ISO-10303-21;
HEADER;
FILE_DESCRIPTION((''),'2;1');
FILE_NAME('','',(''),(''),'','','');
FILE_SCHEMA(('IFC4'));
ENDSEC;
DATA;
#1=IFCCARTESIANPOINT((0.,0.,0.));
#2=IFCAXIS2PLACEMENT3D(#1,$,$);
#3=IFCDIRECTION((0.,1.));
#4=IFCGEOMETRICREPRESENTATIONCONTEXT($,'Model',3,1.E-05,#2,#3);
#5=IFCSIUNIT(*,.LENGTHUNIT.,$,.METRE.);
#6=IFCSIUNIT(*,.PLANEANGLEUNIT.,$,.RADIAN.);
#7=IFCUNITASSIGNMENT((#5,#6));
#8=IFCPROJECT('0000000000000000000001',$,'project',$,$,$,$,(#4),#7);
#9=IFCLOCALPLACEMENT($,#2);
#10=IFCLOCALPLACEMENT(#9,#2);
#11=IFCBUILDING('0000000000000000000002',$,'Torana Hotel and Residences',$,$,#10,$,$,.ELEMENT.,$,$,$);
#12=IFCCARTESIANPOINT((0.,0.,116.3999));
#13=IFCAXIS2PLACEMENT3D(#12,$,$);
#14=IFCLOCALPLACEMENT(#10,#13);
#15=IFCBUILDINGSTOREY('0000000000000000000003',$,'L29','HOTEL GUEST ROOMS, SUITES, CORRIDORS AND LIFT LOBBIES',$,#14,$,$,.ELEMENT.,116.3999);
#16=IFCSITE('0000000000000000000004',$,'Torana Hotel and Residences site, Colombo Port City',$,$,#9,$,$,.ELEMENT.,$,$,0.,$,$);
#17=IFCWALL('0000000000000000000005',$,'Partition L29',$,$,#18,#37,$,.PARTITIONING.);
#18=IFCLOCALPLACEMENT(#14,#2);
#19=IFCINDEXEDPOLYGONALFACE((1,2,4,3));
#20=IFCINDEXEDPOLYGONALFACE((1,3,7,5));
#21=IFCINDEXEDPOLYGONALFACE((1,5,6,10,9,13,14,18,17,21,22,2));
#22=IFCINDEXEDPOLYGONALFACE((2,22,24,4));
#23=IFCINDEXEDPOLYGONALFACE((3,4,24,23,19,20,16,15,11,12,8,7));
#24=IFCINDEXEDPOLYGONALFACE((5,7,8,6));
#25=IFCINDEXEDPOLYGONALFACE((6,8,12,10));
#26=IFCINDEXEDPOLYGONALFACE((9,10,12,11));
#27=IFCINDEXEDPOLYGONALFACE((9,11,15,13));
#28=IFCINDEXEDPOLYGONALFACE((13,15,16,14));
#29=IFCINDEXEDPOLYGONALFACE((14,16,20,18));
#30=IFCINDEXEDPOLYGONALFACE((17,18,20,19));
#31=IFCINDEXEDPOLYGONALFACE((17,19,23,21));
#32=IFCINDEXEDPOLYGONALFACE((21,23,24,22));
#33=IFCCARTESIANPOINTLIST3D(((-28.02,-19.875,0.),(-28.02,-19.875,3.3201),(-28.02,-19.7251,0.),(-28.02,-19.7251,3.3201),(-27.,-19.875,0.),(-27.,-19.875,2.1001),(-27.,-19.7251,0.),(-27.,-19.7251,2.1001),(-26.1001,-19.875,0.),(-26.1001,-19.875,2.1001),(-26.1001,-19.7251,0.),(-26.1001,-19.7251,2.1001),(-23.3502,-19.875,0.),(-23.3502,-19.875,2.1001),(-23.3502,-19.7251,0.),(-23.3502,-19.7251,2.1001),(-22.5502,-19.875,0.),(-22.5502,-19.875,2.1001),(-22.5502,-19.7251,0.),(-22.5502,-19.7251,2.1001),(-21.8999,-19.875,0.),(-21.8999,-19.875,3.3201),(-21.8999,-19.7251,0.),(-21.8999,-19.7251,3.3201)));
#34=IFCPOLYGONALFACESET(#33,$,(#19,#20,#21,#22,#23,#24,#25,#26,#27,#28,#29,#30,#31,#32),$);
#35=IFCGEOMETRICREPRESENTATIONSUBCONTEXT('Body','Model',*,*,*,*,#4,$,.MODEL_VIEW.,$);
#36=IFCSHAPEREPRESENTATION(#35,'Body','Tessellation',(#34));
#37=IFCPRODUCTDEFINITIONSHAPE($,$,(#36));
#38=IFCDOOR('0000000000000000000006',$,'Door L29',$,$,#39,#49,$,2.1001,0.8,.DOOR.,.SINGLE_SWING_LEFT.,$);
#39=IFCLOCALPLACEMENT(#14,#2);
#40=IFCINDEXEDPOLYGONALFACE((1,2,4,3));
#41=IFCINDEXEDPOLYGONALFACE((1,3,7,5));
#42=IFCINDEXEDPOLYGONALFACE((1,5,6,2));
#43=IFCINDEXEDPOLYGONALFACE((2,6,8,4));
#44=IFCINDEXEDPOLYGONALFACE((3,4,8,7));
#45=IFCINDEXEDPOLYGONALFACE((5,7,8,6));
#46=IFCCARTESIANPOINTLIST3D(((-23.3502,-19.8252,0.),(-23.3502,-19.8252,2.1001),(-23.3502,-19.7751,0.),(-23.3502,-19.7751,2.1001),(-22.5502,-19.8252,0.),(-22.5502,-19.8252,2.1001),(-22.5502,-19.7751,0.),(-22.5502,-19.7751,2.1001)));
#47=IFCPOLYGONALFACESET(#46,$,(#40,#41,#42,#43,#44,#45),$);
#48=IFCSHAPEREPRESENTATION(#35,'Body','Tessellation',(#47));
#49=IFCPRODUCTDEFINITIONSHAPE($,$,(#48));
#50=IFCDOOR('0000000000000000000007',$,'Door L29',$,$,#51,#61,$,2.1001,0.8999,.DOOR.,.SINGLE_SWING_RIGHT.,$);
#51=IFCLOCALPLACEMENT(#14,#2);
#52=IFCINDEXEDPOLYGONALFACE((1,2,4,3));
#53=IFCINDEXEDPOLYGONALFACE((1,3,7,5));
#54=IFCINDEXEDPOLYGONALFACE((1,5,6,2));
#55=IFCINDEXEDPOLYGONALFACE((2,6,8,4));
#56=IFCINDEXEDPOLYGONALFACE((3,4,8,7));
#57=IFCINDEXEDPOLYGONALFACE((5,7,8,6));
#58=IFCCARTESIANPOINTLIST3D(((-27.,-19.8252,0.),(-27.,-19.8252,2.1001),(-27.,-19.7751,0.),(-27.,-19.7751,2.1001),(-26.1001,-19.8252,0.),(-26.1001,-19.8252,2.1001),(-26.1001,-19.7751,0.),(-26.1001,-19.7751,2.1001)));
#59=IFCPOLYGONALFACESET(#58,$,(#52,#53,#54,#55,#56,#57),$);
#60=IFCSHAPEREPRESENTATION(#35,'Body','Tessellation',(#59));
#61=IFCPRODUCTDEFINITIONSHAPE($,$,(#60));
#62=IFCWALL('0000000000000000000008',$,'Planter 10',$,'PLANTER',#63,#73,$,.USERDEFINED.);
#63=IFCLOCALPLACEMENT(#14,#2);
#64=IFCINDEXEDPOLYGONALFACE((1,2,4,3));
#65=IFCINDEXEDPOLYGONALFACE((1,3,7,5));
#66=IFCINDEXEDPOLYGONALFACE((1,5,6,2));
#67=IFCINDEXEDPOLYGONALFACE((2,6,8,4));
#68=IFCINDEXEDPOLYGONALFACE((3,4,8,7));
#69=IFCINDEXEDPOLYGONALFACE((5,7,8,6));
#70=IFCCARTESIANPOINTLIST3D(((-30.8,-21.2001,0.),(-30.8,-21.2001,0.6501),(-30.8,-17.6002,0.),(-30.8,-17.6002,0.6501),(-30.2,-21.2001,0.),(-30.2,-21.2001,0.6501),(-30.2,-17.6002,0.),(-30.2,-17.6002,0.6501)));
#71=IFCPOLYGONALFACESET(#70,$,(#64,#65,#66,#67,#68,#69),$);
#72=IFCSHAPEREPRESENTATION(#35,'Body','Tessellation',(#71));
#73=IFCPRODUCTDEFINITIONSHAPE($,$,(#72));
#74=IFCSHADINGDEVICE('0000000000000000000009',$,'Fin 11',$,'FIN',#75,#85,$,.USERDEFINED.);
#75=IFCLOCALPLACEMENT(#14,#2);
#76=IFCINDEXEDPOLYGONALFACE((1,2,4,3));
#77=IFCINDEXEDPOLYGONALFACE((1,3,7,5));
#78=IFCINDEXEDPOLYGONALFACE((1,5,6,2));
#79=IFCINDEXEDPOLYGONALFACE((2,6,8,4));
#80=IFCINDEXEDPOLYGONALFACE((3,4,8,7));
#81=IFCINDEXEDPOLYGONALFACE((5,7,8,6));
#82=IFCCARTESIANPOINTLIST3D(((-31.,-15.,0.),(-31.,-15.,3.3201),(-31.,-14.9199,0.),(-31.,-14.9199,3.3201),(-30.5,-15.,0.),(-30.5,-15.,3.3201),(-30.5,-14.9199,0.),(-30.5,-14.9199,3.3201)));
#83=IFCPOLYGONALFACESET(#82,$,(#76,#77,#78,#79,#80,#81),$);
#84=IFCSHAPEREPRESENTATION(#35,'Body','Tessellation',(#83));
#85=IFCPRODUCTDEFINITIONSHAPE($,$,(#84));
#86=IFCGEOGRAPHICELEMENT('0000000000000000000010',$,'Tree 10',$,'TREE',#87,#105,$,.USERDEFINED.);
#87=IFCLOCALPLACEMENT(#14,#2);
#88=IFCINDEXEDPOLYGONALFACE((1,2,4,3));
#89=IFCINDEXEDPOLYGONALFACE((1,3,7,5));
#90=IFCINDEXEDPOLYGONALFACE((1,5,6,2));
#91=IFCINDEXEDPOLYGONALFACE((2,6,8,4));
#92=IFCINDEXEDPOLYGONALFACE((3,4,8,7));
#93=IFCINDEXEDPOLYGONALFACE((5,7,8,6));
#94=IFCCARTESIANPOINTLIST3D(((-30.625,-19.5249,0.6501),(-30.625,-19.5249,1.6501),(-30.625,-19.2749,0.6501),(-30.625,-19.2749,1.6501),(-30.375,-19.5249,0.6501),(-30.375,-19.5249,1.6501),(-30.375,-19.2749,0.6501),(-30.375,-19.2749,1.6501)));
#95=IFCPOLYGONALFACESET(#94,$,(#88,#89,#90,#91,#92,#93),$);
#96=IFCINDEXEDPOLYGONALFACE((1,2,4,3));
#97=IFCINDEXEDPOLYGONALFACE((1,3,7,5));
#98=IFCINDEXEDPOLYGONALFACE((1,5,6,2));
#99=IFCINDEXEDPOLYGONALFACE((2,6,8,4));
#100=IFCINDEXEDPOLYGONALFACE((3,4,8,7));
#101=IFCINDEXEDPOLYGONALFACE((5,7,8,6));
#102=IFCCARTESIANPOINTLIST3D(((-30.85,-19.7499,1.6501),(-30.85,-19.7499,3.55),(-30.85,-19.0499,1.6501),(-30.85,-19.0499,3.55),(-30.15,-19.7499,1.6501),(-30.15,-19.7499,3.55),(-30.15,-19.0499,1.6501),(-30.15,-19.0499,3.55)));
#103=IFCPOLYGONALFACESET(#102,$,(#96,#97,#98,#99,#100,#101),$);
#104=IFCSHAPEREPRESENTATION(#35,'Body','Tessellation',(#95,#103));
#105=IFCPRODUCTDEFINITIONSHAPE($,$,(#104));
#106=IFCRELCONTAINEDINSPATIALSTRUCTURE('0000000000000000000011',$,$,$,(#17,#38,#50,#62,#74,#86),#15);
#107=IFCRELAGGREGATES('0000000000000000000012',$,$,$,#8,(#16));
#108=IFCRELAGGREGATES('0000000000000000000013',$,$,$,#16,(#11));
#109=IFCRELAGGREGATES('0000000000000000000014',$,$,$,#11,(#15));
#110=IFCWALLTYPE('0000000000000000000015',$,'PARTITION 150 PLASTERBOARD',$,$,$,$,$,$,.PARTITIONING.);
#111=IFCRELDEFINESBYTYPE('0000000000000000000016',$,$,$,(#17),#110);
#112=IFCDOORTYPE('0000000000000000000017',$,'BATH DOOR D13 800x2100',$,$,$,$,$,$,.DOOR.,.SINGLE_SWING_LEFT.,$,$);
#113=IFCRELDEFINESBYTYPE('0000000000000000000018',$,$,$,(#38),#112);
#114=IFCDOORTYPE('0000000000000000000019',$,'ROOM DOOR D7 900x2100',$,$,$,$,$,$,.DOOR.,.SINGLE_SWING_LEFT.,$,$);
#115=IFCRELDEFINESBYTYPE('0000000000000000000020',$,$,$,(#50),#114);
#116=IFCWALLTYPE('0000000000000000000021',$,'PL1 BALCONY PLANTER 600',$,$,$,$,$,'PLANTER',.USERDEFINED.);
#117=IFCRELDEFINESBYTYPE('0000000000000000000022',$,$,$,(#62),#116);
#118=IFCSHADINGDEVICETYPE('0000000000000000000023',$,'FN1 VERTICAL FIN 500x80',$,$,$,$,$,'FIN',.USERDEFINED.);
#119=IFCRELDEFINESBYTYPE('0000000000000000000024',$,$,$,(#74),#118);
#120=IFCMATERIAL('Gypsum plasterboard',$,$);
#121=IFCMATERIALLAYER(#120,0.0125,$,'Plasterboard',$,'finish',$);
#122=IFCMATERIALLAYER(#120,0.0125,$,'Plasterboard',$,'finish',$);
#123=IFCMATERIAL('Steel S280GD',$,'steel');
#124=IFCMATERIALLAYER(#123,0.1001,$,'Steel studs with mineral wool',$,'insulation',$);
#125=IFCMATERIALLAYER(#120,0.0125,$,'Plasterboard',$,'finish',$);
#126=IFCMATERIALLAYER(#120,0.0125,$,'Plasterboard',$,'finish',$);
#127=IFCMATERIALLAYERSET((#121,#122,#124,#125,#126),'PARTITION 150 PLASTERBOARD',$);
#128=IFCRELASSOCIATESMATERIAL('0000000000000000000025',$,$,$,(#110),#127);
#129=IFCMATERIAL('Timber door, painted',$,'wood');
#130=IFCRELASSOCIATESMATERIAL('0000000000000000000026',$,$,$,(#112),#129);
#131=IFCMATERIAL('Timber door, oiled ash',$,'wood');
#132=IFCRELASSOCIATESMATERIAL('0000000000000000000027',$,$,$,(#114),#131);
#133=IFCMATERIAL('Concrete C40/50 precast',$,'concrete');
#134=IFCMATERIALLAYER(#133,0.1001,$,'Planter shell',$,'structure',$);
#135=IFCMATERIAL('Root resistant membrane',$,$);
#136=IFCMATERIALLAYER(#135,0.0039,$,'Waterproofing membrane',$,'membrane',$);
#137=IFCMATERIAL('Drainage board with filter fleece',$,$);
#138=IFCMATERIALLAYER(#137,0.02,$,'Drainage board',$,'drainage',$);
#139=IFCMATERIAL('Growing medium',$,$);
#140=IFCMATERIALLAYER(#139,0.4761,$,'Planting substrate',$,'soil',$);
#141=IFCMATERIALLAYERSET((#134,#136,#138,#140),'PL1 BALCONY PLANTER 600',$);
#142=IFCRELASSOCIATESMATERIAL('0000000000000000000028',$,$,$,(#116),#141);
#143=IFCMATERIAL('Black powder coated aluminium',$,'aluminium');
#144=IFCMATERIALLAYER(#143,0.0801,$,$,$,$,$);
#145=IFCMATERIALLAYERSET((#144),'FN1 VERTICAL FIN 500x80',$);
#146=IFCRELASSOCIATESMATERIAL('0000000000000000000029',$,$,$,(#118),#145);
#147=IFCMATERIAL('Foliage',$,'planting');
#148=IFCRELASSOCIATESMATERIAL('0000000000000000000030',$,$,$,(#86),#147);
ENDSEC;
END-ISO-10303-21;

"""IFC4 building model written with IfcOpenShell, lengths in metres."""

from ifc_helpers import new_model, si_unit, direction, frame, frame_2d, origin, origin_2d, place, context, subcontext, project, spatial, rectangle, extrude, material, layer, layer_set, type_object, element, fill, save


model = new_model("IFC4")

# Units and contexts
model_context = context("Model", 3, precision=1e-05, world=origin(), true_north=direction((0.0, 1.0)))
body_context = subcontext(model_context, "Body", "Model", "MODEL_VIEW")
ifc_project = project(units=[si_unit("LENGTHUNIT", "METRE"), si_unit("PLANEANGLEUNIT", "RADIAN")], contexts=[model_context])

# Site, building, storey
site_placement = place(None, origin())
site = spatial("IfcSite", under=ifc_project, at=site_placement, Name="Torana Hotel and Residences site, Colombo Port City", CompositionType="ELEMENT", RefElevation=0.0)
building_placement = place(site_placement, origin())
building = spatial("IfcBuilding", under=site, at=building_placement, Name="Torana Hotel and Residences", CompositionType="ELEMENT")
storey_placement = place(building_placement, frame((0.0, 0.0, 116.3999)))
storey = spatial("IfcBuildingStorey", under=building, at=storey_placement, Name="L29", Description="HOTEL GUEST ROOMS, SUITES, CORRIDORS AND LIFT LOBBIES", CompositionType="ELEMENT", Elevation=116.3999)

# Wall, openings, doors
ifc_material_1 = material(Name="Gypsum plasterboard")
ifc_layer_1 = layer(ifc_material_1, 0.0125, Name="Plasterboard", Category="finish")
ifc_layer_2 = layer(ifc_material_1, 0.0125, Name="Plasterboard", Category="finish")
ifc_material_2 = material(Name="Steel S280GD", Category="steel")
ifc_layer_3 = layer(ifc_material_2, 0.1001, Name="Steel studs with mineral wool", Category="insulation")
ifc_layer_4 = layer(ifc_material_1, 0.0125, Name="Plasterboard", Category="finish")
ifc_layer_5 = layer(ifc_material_1, 0.0125, Name="Plasterboard", Category="finish")
ifc_layer_set_1 = layer_set([ifc_layer_1, ifc_layer_2, ifc_layer_3, ifc_layer_4, ifc_layer_5], Name="PARTITION 150 PLASTERBOARD")
wall_type_1 = type_object("IfcWallType", Name="PARTITION 150 PLASTERBOARD", PredefinedType="PARTITIONING", material=ifc_layer_set_1)
wall_1_placement = place(storey_placement, frame((-28.02, -19.8, 0.0), z_axis=(0.0, 0.0, 1.0), x_axis=(1.0, 0.0, 0.0)))
wall_1 = element("IfcWall", 1, at=wall_1_placement, inside=storey, type_object=wall_type_1, Name="Partition L29", PredefinedType="PARTITIONING", context=body_context, shape_type="SweptSolid", body=[
    extrude(rectangle(XDim=6.1201, YDim=0.1499, at=frame_2d((3.0601, 0.0))), origin(), (0.0, 0.0, 1.0), 3.3201),
])
opening_1_placement = place(wall_1_placement, frame((4.6699, 0.0, 0.0)))
opening_1 = element("IfcOpeningElement", 2, at=opening_1_placement, cuts=wall_1, PredefinedType="OPENING", context=body_context, shape_type="SweptSolid", body=[
    extrude(rectangle(XDim=0.8, YDim=2.1001, at=frame_2d((0.3999, 1.05))), frame((0.0, 0.085, 0.0), z_axis=(0.0, -1.0, 0.0), x_axis=(1.0, 0.0, 0.0)), (0.0, 0.0, 1.0), 0.1699),
])
opening_2_placement = place(wall_1_placement, frame((1.02, 0.0, 0.0)))
opening_2 = element("IfcOpeningElement", 3, at=opening_2_placement, cuts=wall_1, PredefinedType="OPENING", context=body_context, shape_type="SweptSolid", body=[
    extrude(rectangle(XDim=0.8999, YDim=2.1001, at=frame_2d((0.45, 1.05))), frame((0.0, 0.085, 0.0), z_axis=(0.0, -1.0, 0.0), x_axis=(1.0, 0.0, 0.0)), (0.0, 0.0, 1.0), 0.1699),
])
ifc_material_3 = material(Name="Timber door, painted", Category="wood")
door_type_1 = type_object("IfcDoorType", Name="BATH DOOR D13 800x2100", OperationType="SINGLE_SWING_LEFT", PredefinedType="DOOR", material=ifc_material_3)
door_1_placement = place(opening_1_placement, origin())
door_1 = element("IfcDoor", 4, at=door_1_placement, inside=storey, type_object=door_type_1, Name="Door L29", OperationType="SINGLE_SWING_LEFT", OverallHeight=2.1001, OverallWidth=0.8, PredefinedType="DOOR", context=body_context, shape_type="SweptSolid", body=[
    extrude(rectangle(XDim=0.8, YDim=2.1001, at=frame_2d((0.3999, 1.05))), frame((0.0, 0.0249, 0.0), z_axis=(0.0, -1.0, 0.0), x_axis=(1.0, 0.0, 0.0)), (0.0, 0.0, 1.0), 0.05),
])
fill(opening_1, door_1)
ifc_material_4 = material(Name="Timber door, oiled ash", Category="wood")
door_type_2 = type_object("IfcDoorType", Name="ROOM DOOR D7 900x2100", OperationType="SINGLE_SWING_LEFT", PredefinedType="DOOR", material=ifc_material_4)
door_2_placement = place(opening_2_placement, origin())
door_2 = element("IfcDoor", 5, at=door_2_placement, inside=storey, type_object=door_type_2, Name="Door L29", OperationType="SINGLE_SWING_RIGHT", OverallHeight=2.1001, OverallWidth=0.8999, PredefinedType="DOOR", context=body_context, shape_type="SweptSolid", body=[
    extrude(rectangle(XDim=0.8999, YDim=2.1001, at=frame_2d((0.45, 1.05))), frame((0.0, 0.0249, 0.0), z_axis=(0.0, -1.0, 0.0), x_axis=(1.0, 0.0, 0.0)), (0.0, 0.0, 1.0), 0.05),
])
fill(opening_2, door_2)

# Wall
ifc_material_5 = material(Name="Concrete C40/50 precast", Category="concrete")
ifc_layer_6 = layer(ifc_material_5, 0.1001, Name="Planter shell", Category="structure")
ifc_material_6 = material(Name="Root resistant membrane")
ifc_layer_7 = layer(ifc_material_6, 0.0039, Name="Waterproofing membrane", Category="membrane")
ifc_material_7 = material(Name="Drainage board with filter fleece")
ifc_layer_8 = layer(ifc_material_7, 0.02, Name="Drainage board", Category="drainage")
ifc_material_8 = material(Name="Growing medium")
ifc_layer_9 = layer(ifc_material_8, 0.4761, Name="Planting substrate", Category="soil")
ifc_layer_set_2 = layer_set([ifc_layer_6, ifc_layer_7, ifc_layer_8, ifc_layer_9], Name="PL1 BALCONY PLANTER 600")
wall_type_2 = type_object("IfcWallType", Name="PL1 BALCONY PLANTER 600", ElementType="PLANTER", PredefinedType="USERDEFINED", material=ifc_layer_set_2)
wall_2_placement = place(storey_placement, frame((-30.5, -21.2, 0.0), z_axis=(0.0, 0.0, 1.0), x_axis=(0.0, 1.0, 0.0)))
element("IfcWall", 6, at=wall_2_placement, inside=storey, type_object=wall_type_2, Name="Planter 10", ObjectType="PLANTER", PredefinedType="USERDEFINED", context=body_context, shape_type="SweptSolid", body=[
    extrude(rectangle(XDim=3.5999, YDim=0.6001, at=frame_2d((1.7998, 0.0))), origin(), (0.0, 0.0, 1.0), 0.6501),
])

# Shading device
ifc_material_9 = material(Name="Black powder coated aluminium", Category="aluminium")
ifc_layer_10 = layer(ifc_material_9, 0.0801)
ifc_layer_set_3 = layer_set([ifc_layer_10], Name="FN1 VERTICAL FIN 500x80")
shading_device_type = type_object("IfcShadingDeviceType", Name="FN1 VERTICAL FIN 500x80", ElementType="FIN", PredefinedType="USERDEFINED", material=ifc_layer_set_3)
shading_device_placement = place(storey_placement, frame((-30.75, -14.96, 0.0), z_axis=(0.0, 0.0, 1.0), x_axis=(0.0, 1.0, 0.0)))
element("IfcShadingDevice", 7, at=shading_device_placement, inside=storey, type_object=shading_device_type, Name="Fin 11", ObjectType="FIN", PredefinedType="USERDEFINED", context=body_context, shape_type="SweptSolid", body=[
    extrude(rectangle(XDim=0.0801, YDim=0.5, at=origin_2d()), origin(), (0.0, 0.0, 1.0), 3.3201),
])

# Geographic element
ifc_material_10 = material(Name="Foliage", Category="planting")
geographic_element_placement = place(storey_placement, frame((-30.5, -19.3999, 0.6501), z_axis=(0.0, 0.0, 1.0), x_axis=(1.0, 0.0, 0.0)))
element("IfcGeographicElement", 8, at=geographic_element_placement, inside=storey, material=ifc_material_10, Name="Tree 10", ObjectType="TREE", PredefinedType="USERDEFINED", context=body_context, shape_type="SweptSolid", body=[
    extrude(rectangle(XDim=0.25, YDim=0.25, at=origin_2d()), origin(), (0.0, 0.0, 1.0), 1.0),
    extrude(rectangle(XDim=0.7, YDim=0.7, at=origin_2d()), frame((0.0, 0.0, 1.0)), (0.0, 0.0, 1.0), 1.8999),
])

save(model, "model.ifc")
